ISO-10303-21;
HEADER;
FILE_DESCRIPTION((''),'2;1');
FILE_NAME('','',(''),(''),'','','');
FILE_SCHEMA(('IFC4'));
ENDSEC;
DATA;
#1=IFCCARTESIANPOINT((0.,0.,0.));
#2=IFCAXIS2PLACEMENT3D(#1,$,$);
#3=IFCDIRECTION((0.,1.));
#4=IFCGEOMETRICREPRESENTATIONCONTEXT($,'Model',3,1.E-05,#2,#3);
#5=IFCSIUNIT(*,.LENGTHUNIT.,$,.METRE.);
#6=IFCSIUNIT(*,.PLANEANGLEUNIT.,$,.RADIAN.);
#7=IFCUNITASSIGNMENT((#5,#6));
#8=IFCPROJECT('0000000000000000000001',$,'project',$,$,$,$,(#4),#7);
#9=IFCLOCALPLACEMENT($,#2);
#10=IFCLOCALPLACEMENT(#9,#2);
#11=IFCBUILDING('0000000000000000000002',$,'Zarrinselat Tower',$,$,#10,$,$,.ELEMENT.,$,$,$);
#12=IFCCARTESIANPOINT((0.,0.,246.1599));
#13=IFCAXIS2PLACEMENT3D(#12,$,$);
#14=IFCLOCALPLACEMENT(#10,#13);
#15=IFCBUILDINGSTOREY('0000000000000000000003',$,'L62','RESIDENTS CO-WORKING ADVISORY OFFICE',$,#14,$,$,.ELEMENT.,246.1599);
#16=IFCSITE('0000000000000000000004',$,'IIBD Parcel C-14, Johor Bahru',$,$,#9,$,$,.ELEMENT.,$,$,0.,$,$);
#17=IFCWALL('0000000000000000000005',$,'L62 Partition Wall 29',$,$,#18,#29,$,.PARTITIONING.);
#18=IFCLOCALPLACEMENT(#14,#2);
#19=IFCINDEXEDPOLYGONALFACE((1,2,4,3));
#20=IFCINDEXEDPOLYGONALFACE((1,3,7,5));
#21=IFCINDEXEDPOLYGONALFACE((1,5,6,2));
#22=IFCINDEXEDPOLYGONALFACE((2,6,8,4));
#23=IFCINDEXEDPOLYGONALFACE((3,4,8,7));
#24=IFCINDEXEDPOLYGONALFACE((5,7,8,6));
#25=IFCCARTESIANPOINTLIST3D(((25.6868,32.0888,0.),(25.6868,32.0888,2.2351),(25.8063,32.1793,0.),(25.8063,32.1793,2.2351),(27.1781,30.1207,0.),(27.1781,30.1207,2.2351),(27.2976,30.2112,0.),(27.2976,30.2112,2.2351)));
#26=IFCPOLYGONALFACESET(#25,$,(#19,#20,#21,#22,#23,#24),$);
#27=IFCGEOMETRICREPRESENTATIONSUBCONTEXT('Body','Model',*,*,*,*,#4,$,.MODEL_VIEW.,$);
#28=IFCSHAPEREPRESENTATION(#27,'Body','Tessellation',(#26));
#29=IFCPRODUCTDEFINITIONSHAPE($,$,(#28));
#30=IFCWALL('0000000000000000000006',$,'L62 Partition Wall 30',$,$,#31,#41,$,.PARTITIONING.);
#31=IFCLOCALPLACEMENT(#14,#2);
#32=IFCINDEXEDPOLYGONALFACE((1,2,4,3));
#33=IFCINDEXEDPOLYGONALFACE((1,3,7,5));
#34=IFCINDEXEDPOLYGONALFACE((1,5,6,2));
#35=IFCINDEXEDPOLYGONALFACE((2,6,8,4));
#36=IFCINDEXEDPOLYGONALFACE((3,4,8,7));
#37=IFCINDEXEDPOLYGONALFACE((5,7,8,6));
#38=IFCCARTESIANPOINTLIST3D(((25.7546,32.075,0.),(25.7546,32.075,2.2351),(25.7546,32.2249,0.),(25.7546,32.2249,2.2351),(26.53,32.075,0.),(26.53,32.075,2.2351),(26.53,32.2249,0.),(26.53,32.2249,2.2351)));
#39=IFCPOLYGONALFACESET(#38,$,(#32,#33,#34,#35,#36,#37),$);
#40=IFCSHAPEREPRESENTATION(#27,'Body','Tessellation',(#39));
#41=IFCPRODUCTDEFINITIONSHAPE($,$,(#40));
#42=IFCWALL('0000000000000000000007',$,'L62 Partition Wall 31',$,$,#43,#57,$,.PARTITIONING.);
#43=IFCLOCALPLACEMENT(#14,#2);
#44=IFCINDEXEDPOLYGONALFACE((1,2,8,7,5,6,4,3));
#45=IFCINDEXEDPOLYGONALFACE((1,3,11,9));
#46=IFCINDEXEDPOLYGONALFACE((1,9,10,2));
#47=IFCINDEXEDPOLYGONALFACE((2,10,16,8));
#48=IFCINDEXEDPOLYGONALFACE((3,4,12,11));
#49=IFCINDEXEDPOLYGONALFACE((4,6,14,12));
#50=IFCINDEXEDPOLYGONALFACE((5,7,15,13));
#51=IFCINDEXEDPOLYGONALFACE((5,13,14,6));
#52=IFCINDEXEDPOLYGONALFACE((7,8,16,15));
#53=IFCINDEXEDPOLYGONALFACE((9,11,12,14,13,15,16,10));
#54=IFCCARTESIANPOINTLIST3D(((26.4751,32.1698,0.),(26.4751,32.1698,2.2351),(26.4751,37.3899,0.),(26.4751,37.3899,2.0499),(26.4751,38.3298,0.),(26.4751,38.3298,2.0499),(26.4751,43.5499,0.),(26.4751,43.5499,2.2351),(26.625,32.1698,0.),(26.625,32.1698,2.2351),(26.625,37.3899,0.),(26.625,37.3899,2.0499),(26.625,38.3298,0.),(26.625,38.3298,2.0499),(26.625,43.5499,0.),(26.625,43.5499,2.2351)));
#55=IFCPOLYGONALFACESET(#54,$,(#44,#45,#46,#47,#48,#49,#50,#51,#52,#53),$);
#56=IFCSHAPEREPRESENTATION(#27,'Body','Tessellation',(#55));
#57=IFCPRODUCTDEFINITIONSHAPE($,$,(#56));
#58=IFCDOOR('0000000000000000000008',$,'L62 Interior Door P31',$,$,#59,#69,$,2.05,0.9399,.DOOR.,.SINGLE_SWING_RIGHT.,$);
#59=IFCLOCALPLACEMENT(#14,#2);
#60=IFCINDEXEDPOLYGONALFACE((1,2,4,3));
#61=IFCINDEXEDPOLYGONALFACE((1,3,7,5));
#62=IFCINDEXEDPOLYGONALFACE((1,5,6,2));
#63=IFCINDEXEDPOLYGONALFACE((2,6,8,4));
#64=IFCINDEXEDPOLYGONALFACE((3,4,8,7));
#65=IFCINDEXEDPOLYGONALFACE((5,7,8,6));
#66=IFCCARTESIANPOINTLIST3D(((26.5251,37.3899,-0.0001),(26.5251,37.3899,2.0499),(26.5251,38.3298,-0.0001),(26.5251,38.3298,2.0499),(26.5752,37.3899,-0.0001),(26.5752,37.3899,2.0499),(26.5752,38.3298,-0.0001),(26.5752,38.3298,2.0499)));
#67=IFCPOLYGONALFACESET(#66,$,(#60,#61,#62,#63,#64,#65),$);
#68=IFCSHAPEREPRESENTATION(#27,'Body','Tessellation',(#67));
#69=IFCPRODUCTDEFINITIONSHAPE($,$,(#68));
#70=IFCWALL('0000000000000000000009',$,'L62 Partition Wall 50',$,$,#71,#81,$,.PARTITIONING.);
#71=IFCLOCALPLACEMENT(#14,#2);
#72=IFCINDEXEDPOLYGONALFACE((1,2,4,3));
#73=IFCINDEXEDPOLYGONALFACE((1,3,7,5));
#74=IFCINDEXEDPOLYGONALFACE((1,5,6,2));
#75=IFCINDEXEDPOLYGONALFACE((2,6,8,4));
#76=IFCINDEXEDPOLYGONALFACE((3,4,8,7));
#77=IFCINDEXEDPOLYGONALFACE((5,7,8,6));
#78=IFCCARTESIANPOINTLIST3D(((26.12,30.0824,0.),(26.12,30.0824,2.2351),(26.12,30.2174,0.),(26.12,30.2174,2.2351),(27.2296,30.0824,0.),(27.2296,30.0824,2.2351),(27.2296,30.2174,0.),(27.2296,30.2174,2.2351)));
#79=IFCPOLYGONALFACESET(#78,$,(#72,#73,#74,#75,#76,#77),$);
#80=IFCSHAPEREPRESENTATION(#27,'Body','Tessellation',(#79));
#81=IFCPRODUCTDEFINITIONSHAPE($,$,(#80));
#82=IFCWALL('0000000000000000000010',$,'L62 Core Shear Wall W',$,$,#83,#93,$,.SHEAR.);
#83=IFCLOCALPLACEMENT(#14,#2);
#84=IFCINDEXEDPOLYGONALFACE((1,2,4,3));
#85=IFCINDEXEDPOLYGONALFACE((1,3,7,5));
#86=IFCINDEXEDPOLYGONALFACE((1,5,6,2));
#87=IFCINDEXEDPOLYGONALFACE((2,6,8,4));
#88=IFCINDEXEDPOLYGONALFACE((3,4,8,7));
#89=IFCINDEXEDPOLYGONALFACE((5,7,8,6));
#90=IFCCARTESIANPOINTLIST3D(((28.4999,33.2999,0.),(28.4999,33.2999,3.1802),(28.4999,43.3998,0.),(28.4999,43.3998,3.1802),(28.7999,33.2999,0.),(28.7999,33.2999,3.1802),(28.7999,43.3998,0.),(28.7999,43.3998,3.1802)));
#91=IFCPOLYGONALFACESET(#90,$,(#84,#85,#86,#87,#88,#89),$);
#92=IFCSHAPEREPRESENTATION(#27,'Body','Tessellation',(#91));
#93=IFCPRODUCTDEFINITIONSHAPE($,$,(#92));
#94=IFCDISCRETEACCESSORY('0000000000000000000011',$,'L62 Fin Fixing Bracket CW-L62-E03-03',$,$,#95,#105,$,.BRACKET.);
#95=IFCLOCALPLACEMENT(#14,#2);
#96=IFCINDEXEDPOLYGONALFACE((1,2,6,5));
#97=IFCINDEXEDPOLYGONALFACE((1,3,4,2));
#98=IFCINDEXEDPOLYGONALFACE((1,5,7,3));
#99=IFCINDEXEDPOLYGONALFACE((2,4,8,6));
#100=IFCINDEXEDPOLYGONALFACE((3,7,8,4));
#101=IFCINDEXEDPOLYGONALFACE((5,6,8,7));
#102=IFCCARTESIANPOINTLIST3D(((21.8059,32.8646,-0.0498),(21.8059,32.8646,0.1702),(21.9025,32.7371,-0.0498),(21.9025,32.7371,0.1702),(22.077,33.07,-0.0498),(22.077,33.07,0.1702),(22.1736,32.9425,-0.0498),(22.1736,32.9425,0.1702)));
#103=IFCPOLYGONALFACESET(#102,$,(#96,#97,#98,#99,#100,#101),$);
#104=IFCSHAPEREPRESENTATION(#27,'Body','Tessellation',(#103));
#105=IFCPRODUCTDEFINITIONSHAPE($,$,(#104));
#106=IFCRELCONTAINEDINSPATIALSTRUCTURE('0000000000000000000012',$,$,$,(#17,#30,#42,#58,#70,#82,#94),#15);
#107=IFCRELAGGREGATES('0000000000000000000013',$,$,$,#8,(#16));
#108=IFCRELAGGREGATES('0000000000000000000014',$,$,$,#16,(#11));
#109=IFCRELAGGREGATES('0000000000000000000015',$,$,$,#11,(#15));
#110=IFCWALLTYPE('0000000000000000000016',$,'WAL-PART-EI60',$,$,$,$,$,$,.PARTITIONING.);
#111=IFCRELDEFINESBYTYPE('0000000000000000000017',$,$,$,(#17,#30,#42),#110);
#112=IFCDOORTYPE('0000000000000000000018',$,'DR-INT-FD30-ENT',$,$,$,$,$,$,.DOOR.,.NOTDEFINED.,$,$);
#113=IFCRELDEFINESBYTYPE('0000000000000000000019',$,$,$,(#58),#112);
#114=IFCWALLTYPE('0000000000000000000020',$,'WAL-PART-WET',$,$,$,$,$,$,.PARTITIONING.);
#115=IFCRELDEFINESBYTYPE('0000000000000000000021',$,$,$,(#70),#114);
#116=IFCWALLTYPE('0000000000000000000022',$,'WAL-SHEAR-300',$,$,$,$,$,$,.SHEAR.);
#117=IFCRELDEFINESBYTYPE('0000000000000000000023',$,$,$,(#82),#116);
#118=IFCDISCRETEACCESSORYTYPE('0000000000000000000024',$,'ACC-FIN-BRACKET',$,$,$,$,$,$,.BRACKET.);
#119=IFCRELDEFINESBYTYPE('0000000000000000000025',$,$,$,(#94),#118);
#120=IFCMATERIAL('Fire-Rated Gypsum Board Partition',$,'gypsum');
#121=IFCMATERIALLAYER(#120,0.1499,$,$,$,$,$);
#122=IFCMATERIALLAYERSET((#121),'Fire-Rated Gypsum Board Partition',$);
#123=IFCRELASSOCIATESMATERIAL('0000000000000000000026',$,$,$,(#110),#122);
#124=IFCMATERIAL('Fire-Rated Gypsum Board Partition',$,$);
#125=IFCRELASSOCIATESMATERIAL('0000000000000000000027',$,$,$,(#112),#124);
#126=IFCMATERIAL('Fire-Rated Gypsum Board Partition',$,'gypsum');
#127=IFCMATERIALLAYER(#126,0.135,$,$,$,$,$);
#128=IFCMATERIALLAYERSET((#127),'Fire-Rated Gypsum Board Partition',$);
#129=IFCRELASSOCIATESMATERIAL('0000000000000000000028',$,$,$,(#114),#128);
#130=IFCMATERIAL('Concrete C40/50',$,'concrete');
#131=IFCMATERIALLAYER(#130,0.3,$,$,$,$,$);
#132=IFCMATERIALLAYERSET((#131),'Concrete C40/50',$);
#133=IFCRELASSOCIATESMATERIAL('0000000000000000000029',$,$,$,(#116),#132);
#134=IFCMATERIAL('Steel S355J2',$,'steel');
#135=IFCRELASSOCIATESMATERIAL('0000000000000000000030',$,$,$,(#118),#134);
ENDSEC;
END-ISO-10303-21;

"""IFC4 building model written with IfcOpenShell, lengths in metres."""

from ifc_helpers import new_model, si_unit, direction, frame, frame_2d, origin, origin_2d, place, context, subcontext, project, spatial, rectangle, extrude, material, layer, layer_set, type_object, element, fill, save


model = new_model("IFC4")

# Units and contexts
model_context = context("Model", 3, precision=1e-05, world=origin(), true_north=direction((0.0, 1.0)))
body_context = subcontext(model_context, "Body", "Model", "MODEL_VIEW")
ifc_project = project(units=[si_unit("LENGTHUNIT", "METRE"), si_unit("PLANEANGLEUNIT", "RADIAN")], contexts=[model_context])

# Site, building, storey
site_placement = place(None, origin())
site = spatial("IfcSite", under=ifc_project, at=site_placement, Name="IIBD Parcel C-14, Johor Bahru", CompositionType="ELEMENT", RefElevation=0.0)
building_placement = place(site_placement, origin())
building = spatial("IfcBuilding", under=site, at=building_placement, Name="Zarrinselat Tower", CompositionType="ELEMENT")
storey_placement = place(building_placement, frame((0.0, 0.0, 246.1599)))
storey = spatial("IfcBuildingStorey", under=building, at=storey_placement, Name="L62", Description="RESIDENTS CO-WORKING ADVISORY OFFICE", CompositionType="ELEMENT", Elevation=246.1599)

# Shared definitions
ifc_material_1 = material(Name="Fire-Rated Gypsum Board Partition", Category="gypsum")
ifc_layer_1 = layer(ifc_material_1, 0.1499)
ifc_layer_set_1 = layer_set([ifc_layer_1], Name="Fire-Rated Gypsum Board Partition")
wall_type_1 = type_object("IfcWallType", Name="WAL-PART-EI60", PredefinedType="PARTITIONING", material=ifc_layer_set_1)
ifc_material_2 = material(Name="Fire-Rated Gypsum Board Partition")
door_type_1 = type_object("IfcDoorType", Name="DR-INT-FD30-ENT", OperationType="NOTDEFINED", PredefinedType="DOOR", material=ifc_material_2)

# Walls
wall_1_placement = place(storey_placement, frame((25.7466, 32.134, 0.0), z_axis=(0.0, 0.0, 1.0), x_axis=(0.603932, -0.797036, 0.0)))
element("IfcWall", 1, at=wall_1_placement, inside=storey, type_object=wall_type_1, Name="L62 Partition Wall 29", PredefinedType="PARTITIONING", context=body_context, shape_type="SweptSolid", body=[
    extrude(rectangle(XDim=2.4692, YDim=0.1499, at=frame_2d((1.2346, 0.0))), origin(), (0.0, 0.0, 1.0), 2.2351),
])
wall_2_placement = place(storey_placement, frame((25.7546, 32.1499, 0.0), z_axis=(0.0, 0.0, 1.0), x_axis=(1.0, 0.0, 0.0)))
element("IfcWall", 2, at=wall_2_placement, inside=storey, type_object=wall_type_1, Name="L62 Partition Wall 30", PredefinedType="PARTITIONING", context=body_context, shape_type="SweptSolid", body=[
    extrude(rectangle(XDim=0.7754, YDim=0.1499, at=frame_2d((0.3877, 0.0))), origin(), (0.0, 0.0, 1.0), 2.2351),
])

# Wall, opening, door
wall_3_placement = place(storey_placement, frame((26.55, 32.1699, 0.0), z_axis=(0.0, 0.0, 1.0), x_axis=(0.0, 1.0, 0.0)))
wall_3 = element("IfcWall", 3, at=wall_3_placement, inside=storey, type_object=wall_type_1, Name="L62 Partition Wall 31", PredefinedType="PARTITIONING", context=body_context, shape_type="SweptSolid", body=[
    extrude(rectangle(XDim=11.3801, YDim=0.1499, at=frame_2d((5.6899, 0.0))), origin(), (0.0, 0.0, 1.0), 2.2351),
])
opening_1_placement = place(wall_3_placement, frame((5.22, 0.0, 0.0)))
opening_1 = element("IfcOpeningElement", 4, at=opening_1_placement, cuts=wall_3, PredefinedType="OPENING", context=body_context, shape_type="SweptSolid", body=[
    extrude(rectangle(XDim=0.9399, YDim=2.05, at=frame_2d((0.47, 1.0249))), frame((0.0, 0.085, 0.0), z_axis=(0.0, -1.0, 0.0), x_axis=(1.0, 0.0, 0.0)), (0.0, 0.0, 1.0), 0.1699),
])
door_1_placement = place(opening_1_placement, origin())
door_1 = element("IfcDoor", 5, at=door_1_placement, inside=storey, type_object=door_type_1, Name="L62 Interior Door P31", OperationType="SINGLE_SWING_RIGHT", OverallHeight=2.05, OverallWidth=0.9399, PredefinedType="DOOR", context=body_context, shape_type="SweptSolid", body=[
    extrude(rectangle(XDim=0.9399, YDim=2.05, at=frame_2d((0.47, 1.0249))), frame((0.0, 0.0249, 0.0), z_axis=(0.0, -1.0, 0.0), x_axis=(1.0, 0.0, 0.0)), (0.0, 0.0, 1.0), 0.05),
])
fill(opening_1, door_1)

# Wall
ifc_material_3 = material(Name="Fire-Rated Gypsum Board Partition", Category="gypsum")
ifc_layer_2 = layer(ifc_material_3, 0.135)
ifc_layer_set_2 = layer_set([ifc_layer_2], Name="Fire-Rated Gypsum Board Partition")
wall_type_2 = type_object("IfcWallType", Name="WAL-PART-WET", PredefinedType="PARTITIONING", material=ifc_layer_set_2)
wall_4_placement = place(storey_placement, frame((26.1201, 30.1499, 0.0), z_axis=(0.0, 0.0, 1.0), x_axis=(1.0, 0.0, 0.0)))
element("IfcWall", 6, at=wall_4_placement, inside=storey, type_object=wall_type_2, Name="L62 Partition Wall 50", PredefinedType="PARTITIONING", context=body_context, shape_type="SweptSolid", body=[
    extrude(rectangle(XDim=1.1096, YDim=0.135, at=frame_2d((0.5547, 0.0))), origin(), (0.0, 0.0, 1.0), 2.2351),
])

# Shared definitions
ifc_material_4 = material(Name="Concrete C40/50", Category="concrete")
ifc_layer_3 = layer(ifc_material_4, 0.3)
ifc_layer_set_3 = layer_set([ifc_layer_3], Name="Concrete C40/50")
wall_type_3 = type_object("IfcWallType", Name="WAL-SHEAR-300", PredefinedType="SHEAR", material=ifc_layer_set_3)

# Wall
wall_5_placement = place(storey_placement, frame((28.6499, 33.3, 0.0), z_axis=(0.0, 0.0, 1.0), x_axis=(0.0, 1.0, 0.0)))
element("IfcWall", 7, at=wall_5_placement, inside=storey, type_object=wall_type_3, Name="L62 Core Shear Wall W", PredefinedType="SHEAR", context=body_context, shape_type="SweptSolid", body=[
    extrude(rectangle(XDim=10.0999, YDim=0.3, at=frame_2d((5.0498, 0.0))), origin(), (0.0, 0.0, 1.0), 3.1802),
])

# Discrete accessory
ifc_material_5 = material(Name="Steel S355J2", Category="steel")
discrete_accessory_type = type_object("IfcDiscreteAccessoryType", Name="ACC-FIN-BRACKET", PredefinedType="BRACKET", material=ifc_material_5)
discrete_accessory_placement = place(storey_placement, frame((21.9897, 32.9036, -0.0498), z_axis=(0.0, 0.0, 1.0), x_axis=(-0.797092, -0.603858, 0.0)))
element("IfcDiscreteAccessory", 8, at=discrete_accessory_placement, inside=storey, type_object=discrete_accessory_type, Name="L62 Fin Fixing Bracket CW-L62-E03-03", PredefinedType="BRACKET", context=body_context, shape_type="SweptSolid", body=[
    extrude(rectangle(XDim=0.3401, YDim=0.1599, at=origin_2d()), origin(), (0.0, 0.0, 1.0), 0.22),
])

save(model, "model.ifc")
